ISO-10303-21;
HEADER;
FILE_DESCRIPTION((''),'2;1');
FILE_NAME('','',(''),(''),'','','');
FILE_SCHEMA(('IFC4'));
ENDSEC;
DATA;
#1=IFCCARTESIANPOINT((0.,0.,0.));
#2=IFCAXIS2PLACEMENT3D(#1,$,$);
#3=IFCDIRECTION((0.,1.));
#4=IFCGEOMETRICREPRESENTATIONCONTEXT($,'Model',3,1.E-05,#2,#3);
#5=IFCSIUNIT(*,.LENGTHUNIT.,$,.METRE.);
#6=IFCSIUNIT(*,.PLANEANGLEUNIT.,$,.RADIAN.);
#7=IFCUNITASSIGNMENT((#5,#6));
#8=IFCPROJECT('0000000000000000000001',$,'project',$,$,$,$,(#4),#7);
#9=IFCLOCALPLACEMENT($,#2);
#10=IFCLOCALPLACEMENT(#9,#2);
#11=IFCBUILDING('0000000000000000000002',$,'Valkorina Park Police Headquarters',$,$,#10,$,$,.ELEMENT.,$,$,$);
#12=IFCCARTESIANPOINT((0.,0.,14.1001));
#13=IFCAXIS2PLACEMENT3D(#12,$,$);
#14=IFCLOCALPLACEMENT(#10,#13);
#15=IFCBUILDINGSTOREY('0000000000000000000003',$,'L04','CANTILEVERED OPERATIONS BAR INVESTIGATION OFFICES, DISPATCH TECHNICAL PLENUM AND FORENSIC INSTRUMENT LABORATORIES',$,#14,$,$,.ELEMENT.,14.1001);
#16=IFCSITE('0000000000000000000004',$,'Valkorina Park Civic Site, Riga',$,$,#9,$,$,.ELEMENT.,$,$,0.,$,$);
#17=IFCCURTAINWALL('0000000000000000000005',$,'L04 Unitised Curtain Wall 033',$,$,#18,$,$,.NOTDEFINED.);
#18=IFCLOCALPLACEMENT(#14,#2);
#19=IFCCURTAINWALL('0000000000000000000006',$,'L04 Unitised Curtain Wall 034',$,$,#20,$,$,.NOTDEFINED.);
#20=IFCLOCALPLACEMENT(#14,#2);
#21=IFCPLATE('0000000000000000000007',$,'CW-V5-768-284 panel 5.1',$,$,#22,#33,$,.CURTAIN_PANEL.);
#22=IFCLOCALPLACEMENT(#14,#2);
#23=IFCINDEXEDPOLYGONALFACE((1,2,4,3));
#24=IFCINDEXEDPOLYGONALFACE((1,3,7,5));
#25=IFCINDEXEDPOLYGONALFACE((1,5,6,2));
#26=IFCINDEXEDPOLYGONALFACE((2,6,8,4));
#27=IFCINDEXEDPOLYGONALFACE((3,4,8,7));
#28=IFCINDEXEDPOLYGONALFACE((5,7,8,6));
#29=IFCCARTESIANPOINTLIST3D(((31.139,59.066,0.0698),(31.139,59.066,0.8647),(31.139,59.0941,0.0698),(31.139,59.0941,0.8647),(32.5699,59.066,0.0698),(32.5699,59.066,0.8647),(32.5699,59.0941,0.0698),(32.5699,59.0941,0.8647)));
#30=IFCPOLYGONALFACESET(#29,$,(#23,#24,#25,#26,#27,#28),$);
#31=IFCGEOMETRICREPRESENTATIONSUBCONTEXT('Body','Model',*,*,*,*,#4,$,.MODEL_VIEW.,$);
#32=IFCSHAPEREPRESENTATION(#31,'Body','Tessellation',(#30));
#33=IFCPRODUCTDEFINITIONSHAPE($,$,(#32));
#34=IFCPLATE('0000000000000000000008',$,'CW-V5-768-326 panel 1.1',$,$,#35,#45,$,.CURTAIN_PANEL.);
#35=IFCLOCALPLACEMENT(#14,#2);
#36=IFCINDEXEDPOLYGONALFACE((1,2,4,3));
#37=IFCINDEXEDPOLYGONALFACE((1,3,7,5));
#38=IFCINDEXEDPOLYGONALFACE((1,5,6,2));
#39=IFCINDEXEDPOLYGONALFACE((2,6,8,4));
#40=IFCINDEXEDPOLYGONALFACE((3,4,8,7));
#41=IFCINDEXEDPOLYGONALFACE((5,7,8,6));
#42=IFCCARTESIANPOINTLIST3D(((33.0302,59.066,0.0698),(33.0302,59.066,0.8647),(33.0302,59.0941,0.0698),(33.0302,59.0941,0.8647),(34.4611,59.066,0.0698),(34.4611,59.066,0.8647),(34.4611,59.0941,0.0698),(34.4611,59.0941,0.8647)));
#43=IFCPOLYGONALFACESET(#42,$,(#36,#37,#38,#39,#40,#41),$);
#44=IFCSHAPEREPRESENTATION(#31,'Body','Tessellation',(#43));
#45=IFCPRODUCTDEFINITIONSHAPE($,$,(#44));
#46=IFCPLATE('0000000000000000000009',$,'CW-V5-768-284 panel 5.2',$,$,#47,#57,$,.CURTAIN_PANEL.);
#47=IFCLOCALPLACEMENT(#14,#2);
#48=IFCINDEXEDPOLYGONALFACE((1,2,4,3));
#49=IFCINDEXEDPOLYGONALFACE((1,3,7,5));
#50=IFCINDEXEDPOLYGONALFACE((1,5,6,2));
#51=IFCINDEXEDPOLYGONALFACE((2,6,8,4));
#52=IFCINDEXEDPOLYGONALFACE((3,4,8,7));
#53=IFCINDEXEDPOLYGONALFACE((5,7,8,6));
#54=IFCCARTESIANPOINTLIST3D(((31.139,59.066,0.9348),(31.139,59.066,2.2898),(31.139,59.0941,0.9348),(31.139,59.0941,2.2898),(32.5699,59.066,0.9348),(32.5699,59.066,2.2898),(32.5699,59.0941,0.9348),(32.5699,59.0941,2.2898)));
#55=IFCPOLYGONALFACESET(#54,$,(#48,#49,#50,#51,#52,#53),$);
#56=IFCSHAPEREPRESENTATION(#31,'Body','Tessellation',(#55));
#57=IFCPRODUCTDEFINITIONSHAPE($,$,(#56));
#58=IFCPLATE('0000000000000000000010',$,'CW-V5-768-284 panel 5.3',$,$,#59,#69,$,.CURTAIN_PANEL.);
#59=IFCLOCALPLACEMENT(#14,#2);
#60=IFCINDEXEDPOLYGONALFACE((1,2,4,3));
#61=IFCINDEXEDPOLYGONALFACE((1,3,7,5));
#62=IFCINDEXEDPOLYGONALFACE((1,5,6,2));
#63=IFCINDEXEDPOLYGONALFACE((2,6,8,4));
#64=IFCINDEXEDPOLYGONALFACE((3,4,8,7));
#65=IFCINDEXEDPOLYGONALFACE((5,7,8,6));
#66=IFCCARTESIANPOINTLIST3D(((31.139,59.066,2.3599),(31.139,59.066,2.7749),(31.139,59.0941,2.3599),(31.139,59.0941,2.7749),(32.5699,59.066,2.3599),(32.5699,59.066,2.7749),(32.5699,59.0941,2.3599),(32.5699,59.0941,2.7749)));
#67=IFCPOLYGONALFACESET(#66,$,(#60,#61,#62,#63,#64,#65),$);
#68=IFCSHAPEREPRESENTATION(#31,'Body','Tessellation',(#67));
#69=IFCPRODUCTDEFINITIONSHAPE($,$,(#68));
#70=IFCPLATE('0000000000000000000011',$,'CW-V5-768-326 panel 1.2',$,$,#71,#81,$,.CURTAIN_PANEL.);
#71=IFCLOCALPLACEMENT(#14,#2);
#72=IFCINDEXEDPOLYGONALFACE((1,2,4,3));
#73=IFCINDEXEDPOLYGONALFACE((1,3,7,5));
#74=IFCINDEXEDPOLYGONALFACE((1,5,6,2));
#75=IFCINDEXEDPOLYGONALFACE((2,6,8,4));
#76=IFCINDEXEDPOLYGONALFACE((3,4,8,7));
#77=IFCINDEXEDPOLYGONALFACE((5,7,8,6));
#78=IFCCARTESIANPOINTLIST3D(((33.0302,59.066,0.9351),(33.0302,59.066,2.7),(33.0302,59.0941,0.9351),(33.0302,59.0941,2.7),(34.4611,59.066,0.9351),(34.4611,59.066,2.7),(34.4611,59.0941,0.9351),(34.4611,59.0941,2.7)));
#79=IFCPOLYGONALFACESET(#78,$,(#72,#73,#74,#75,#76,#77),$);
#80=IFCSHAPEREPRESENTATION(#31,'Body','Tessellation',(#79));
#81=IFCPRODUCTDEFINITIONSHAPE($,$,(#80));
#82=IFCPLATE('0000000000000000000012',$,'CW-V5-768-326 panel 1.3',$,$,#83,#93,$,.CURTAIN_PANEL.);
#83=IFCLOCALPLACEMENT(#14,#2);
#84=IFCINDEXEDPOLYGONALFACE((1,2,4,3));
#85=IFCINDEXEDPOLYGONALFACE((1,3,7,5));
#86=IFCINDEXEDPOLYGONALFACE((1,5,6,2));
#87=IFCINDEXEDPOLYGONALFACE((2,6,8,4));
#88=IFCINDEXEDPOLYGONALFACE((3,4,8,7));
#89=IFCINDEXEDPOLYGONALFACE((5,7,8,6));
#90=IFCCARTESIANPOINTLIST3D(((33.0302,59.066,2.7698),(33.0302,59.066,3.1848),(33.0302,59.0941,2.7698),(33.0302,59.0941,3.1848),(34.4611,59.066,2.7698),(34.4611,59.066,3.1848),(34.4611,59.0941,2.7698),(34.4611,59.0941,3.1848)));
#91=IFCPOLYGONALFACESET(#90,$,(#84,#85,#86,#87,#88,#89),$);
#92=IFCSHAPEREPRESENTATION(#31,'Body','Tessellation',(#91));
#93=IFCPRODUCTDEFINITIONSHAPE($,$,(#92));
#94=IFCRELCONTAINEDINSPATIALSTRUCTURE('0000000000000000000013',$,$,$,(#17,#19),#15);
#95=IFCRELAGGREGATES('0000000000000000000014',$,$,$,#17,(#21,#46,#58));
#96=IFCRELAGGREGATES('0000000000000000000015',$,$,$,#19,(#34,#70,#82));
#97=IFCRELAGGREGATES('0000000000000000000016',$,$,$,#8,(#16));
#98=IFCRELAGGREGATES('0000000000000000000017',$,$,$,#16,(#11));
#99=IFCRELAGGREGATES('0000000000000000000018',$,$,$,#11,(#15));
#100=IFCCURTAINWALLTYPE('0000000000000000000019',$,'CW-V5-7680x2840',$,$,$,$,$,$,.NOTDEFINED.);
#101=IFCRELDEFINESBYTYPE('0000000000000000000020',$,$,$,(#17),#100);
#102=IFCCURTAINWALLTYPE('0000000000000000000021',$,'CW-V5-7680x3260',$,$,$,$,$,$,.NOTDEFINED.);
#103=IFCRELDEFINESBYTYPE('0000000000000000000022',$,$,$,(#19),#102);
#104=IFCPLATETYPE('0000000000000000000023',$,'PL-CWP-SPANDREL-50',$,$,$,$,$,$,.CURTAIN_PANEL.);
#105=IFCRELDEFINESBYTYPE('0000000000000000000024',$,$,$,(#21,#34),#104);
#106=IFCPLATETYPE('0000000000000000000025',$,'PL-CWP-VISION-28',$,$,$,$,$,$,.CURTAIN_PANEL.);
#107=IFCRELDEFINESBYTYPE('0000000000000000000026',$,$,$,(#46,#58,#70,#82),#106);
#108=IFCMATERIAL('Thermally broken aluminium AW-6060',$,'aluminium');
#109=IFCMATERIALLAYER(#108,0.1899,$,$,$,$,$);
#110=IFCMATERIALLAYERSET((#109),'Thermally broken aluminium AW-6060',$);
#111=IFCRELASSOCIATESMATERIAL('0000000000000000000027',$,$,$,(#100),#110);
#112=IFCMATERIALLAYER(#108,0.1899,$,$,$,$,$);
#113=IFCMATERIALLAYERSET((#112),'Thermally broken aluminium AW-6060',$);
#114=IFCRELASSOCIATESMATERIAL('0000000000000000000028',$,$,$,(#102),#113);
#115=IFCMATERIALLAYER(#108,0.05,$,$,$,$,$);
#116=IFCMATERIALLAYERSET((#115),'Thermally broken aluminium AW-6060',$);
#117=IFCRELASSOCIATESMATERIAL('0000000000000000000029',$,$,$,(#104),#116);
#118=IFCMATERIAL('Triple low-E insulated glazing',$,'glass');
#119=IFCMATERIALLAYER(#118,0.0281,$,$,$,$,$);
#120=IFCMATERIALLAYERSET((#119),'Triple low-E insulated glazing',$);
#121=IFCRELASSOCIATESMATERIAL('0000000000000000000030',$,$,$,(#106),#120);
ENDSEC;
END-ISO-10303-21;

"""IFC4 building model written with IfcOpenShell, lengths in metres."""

from ifc_helpers import new_model, si_unit, direction, frame, origin, origin_2d, place, context, subcontext, project, spatial, rectangle, extrude, material, layer, layer_set, type_object, element, aggregate, save


model = new_model("IFC4")

# Units and contexts
model_context = context("Model", 3, precision=1e-05, world=origin(), true_north=direction((0.0, 1.0)))
body_context = subcontext(model_context, "Body", "Model", "MODEL_VIEW")
ifc_project = project(units=[si_unit("LENGTHUNIT", "METRE"), si_unit("PLANEANGLEUNIT", "RADIAN")], contexts=[model_context])

# Site, building, storey
site_placement = place(None, origin())
site = spatial("IfcSite", under=ifc_project, at=site_placement, Name="Valkorina Park Civic Site, Riga", CompositionType="ELEMENT", RefElevation=0.0)
building_placement = place(site_placement, origin())
building = spatial("IfcBuilding", under=site, at=building_placement, Name="Valkorina Park Police Headquarters", CompositionType="ELEMENT")
storey_placement = place(building_placement, frame((0.0, 0.0, 14.1001)))
storey = spatial("IfcBuildingStorey", under=building, at=storey_placement, Name="L04", Description="CANTILEVERED OPERATIONS BAR INVESTIGATION OFFICES, DISPATCH TECHNICAL PLENUM AND FORENSIC INSTRUMENT LABORATORIES", CompositionType="ELEMENT", Elevation=14.1001)

# Curtain wall
ifc_material_1 = material(Name="Thermally broken aluminium AW-6060", Category="aluminium")
ifc_layer_1 = layer(ifc_material_1, 0.1899)
ifc_layer_set_1 = layer_set([ifc_layer_1], Name="Thermally broken aluminium AW-6060")
curtain_wall_type_1 = type_object("IfcCurtainWallType", Name="CW-V5-7680x2840", PredefinedType="NOTDEFINED", material=ifc_layer_set_1)
curtain_wall_1_placement = place(storey_placement, origin())
curtain_wall_1 = element("IfcCurtainWall", 1, at=curtain_wall_1_placement, inside=storey, type_object=curtain_wall_type_1, Name="L04 Unitised Curtain Wall 033", PredefinedType="NOTDEFINED")

# Curtain wall
ifc_layer_2 = layer(ifc_material_1, 0.1899)
ifc_layer_set_2 = layer_set([ifc_layer_2], Name="Thermally broken aluminium AW-6060")
curtain_wall_type_2 = type_object("IfcCurtainWallType", Name="CW-V5-7680x3260", PredefinedType="NOTDEFINED", material=ifc_layer_set_2)
curtain_wall_2_placement = place(storey_placement, origin())
curtain_wall_2 = element("IfcCurtainWall", 2, at=curtain_wall_2_placement, inside=storey, type_object=curtain_wall_type_2, Name="L04 Unitised Curtain Wall 034", PredefinedType="NOTDEFINED")

# Plates
ifc_layer_3 = layer(ifc_material_1, 0.05)
ifc_layer_set_3 = layer_set([ifc_layer_3], Name="Thermally broken aluminium AW-6060")
plate_type_1 = type_object("IfcPlateType", Name="PL-CWP-SPANDREL-50", PredefinedType="CURTAIN_PANEL", material=ifc_layer_set_3)
plate_1_placement = place(storey_placement, frame((31.8545, 59.0801, 0.0698), z_axis=(0.0, 0.0, 1.0), x_axis=(1.0, 0.0, 0.0)))
plate_1 = element("IfcPlate", 3, at=plate_1_placement, type_object=plate_type_1, Name="CW-V5-768-284 panel 5.1", PredefinedType="CURTAIN_PANEL", context=body_context, shape_type="SweptSolid", body=[
    extrude(rectangle(XDim=1.4309, YDim=0.0281, at=origin_2d()), origin(), (0.0, 0.0, 1.0), 0.7949),
])
plate_2_placement = place(storey_placement, frame((33.7456, 59.0801, 0.0698), z_axis=(0.0, 0.0, 1.0), x_axis=(1.0, 0.0, 0.0)))
plate_2 = element("IfcPlate", 4, at=plate_2_placement, type_object=plate_type_1, Name="CW-V5-768-326 panel 1.1", PredefinedType="CURTAIN_PANEL", context=body_context, shape_type="SweptSolid", body=[
    extrude(rectangle(XDim=1.4309, YDim=0.0281, at=origin_2d()), origin(), (0.0, 0.0, 1.0), 0.7949),
])
ifc_material_2 = material(Name="Triple low-E insulated glazing", Category="glass")
ifc_layer_4 = layer(ifc_material_2, 0.0281)
ifc_layer_set_4 = layer_set([ifc_layer_4], Name="Triple low-E insulated glazing")
plate_type_2 = type_object("IfcPlateType", Name="PL-CWP-VISION-28", PredefinedType="CURTAIN_PANEL", material=ifc_layer_set_4)
plate_3_placement = place(storey_placement, frame((31.8545, 59.0801, 0.9348), z_axis=(0.0, 0.0, 1.0), x_axis=(1.0, 0.0, 0.0)))
plate_3 = element("IfcPlate", 5, at=plate_3_placement, type_object=plate_type_2, Name="CW-V5-768-284 panel 5.2", PredefinedType="CURTAIN_PANEL", context=body_context, shape_type="SweptSolid", body=[
    extrude(rectangle(XDim=1.4309, YDim=0.0281, at=origin_2d()), origin(), (0.0, 0.0, 1.0), 1.355),
])
plate_4_placement = place(storey_placement, frame((31.8545, 59.0801, 2.3599), z_axis=(0.0, 0.0, 1.0), x_axis=(1.0, 0.0, 0.0)))
plate_4 = element("IfcPlate", 6, at=plate_4_placement, type_object=plate_type_2, Name="CW-V5-768-284 panel 5.3", PredefinedType="CURTAIN_PANEL", context=body_context, shape_type="SweptSolid", body=[
    extrude(rectangle(XDim=1.4309, YDim=0.0281, at=origin_2d()), origin(), (0.0, 0.0, 1.0), 0.415),
])
aggregate(curtain_wall_1, [plate_1, plate_3, plate_4])
plate_5_placement = place(storey_placement, frame((33.7456, 59.0801, 0.9351), z_axis=(0.0, 0.0, 1.0), x_axis=(1.0, 0.0, 0.0)))
plate_5 = element("IfcPlate", 7, at=plate_5_placement, type_object=plate_type_2, Name="CW-V5-768-326 panel 1.2", PredefinedType="CURTAIN_PANEL", context=body_context, shape_type="SweptSolid", body=[
    extrude(rectangle(XDim=1.4309, YDim=0.0281, at=origin_2d()), origin(), (0.0, 0.0, 1.0), 1.7649),
])
plate_6_placement = place(storey_placement, frame((33.7456, 59.0801, 2.7698), z_axis=(0.0, 0.0, 1.0), x_axis=(1.0, 0.0, 0.0)))
plate_6 = element("IfcPlate", 8, at=plate_6_placement, type_object=plate_type_2, Name="CW-V5-768-326 panel 1.3", PredefinedType="CURTAIN_PANEL", context=body_context, shape_type="SweptSolid", body=[
    extrude(rectangle(XDim=1.4309, YDim=0.0281, at=origin_2d()), origin(), (0.0, 0.0, 1.0), 0.415),
])
aggregate(curtain_wall_2, [plate_2, plate_5, plate_6])

save(model, "model.ifc")
